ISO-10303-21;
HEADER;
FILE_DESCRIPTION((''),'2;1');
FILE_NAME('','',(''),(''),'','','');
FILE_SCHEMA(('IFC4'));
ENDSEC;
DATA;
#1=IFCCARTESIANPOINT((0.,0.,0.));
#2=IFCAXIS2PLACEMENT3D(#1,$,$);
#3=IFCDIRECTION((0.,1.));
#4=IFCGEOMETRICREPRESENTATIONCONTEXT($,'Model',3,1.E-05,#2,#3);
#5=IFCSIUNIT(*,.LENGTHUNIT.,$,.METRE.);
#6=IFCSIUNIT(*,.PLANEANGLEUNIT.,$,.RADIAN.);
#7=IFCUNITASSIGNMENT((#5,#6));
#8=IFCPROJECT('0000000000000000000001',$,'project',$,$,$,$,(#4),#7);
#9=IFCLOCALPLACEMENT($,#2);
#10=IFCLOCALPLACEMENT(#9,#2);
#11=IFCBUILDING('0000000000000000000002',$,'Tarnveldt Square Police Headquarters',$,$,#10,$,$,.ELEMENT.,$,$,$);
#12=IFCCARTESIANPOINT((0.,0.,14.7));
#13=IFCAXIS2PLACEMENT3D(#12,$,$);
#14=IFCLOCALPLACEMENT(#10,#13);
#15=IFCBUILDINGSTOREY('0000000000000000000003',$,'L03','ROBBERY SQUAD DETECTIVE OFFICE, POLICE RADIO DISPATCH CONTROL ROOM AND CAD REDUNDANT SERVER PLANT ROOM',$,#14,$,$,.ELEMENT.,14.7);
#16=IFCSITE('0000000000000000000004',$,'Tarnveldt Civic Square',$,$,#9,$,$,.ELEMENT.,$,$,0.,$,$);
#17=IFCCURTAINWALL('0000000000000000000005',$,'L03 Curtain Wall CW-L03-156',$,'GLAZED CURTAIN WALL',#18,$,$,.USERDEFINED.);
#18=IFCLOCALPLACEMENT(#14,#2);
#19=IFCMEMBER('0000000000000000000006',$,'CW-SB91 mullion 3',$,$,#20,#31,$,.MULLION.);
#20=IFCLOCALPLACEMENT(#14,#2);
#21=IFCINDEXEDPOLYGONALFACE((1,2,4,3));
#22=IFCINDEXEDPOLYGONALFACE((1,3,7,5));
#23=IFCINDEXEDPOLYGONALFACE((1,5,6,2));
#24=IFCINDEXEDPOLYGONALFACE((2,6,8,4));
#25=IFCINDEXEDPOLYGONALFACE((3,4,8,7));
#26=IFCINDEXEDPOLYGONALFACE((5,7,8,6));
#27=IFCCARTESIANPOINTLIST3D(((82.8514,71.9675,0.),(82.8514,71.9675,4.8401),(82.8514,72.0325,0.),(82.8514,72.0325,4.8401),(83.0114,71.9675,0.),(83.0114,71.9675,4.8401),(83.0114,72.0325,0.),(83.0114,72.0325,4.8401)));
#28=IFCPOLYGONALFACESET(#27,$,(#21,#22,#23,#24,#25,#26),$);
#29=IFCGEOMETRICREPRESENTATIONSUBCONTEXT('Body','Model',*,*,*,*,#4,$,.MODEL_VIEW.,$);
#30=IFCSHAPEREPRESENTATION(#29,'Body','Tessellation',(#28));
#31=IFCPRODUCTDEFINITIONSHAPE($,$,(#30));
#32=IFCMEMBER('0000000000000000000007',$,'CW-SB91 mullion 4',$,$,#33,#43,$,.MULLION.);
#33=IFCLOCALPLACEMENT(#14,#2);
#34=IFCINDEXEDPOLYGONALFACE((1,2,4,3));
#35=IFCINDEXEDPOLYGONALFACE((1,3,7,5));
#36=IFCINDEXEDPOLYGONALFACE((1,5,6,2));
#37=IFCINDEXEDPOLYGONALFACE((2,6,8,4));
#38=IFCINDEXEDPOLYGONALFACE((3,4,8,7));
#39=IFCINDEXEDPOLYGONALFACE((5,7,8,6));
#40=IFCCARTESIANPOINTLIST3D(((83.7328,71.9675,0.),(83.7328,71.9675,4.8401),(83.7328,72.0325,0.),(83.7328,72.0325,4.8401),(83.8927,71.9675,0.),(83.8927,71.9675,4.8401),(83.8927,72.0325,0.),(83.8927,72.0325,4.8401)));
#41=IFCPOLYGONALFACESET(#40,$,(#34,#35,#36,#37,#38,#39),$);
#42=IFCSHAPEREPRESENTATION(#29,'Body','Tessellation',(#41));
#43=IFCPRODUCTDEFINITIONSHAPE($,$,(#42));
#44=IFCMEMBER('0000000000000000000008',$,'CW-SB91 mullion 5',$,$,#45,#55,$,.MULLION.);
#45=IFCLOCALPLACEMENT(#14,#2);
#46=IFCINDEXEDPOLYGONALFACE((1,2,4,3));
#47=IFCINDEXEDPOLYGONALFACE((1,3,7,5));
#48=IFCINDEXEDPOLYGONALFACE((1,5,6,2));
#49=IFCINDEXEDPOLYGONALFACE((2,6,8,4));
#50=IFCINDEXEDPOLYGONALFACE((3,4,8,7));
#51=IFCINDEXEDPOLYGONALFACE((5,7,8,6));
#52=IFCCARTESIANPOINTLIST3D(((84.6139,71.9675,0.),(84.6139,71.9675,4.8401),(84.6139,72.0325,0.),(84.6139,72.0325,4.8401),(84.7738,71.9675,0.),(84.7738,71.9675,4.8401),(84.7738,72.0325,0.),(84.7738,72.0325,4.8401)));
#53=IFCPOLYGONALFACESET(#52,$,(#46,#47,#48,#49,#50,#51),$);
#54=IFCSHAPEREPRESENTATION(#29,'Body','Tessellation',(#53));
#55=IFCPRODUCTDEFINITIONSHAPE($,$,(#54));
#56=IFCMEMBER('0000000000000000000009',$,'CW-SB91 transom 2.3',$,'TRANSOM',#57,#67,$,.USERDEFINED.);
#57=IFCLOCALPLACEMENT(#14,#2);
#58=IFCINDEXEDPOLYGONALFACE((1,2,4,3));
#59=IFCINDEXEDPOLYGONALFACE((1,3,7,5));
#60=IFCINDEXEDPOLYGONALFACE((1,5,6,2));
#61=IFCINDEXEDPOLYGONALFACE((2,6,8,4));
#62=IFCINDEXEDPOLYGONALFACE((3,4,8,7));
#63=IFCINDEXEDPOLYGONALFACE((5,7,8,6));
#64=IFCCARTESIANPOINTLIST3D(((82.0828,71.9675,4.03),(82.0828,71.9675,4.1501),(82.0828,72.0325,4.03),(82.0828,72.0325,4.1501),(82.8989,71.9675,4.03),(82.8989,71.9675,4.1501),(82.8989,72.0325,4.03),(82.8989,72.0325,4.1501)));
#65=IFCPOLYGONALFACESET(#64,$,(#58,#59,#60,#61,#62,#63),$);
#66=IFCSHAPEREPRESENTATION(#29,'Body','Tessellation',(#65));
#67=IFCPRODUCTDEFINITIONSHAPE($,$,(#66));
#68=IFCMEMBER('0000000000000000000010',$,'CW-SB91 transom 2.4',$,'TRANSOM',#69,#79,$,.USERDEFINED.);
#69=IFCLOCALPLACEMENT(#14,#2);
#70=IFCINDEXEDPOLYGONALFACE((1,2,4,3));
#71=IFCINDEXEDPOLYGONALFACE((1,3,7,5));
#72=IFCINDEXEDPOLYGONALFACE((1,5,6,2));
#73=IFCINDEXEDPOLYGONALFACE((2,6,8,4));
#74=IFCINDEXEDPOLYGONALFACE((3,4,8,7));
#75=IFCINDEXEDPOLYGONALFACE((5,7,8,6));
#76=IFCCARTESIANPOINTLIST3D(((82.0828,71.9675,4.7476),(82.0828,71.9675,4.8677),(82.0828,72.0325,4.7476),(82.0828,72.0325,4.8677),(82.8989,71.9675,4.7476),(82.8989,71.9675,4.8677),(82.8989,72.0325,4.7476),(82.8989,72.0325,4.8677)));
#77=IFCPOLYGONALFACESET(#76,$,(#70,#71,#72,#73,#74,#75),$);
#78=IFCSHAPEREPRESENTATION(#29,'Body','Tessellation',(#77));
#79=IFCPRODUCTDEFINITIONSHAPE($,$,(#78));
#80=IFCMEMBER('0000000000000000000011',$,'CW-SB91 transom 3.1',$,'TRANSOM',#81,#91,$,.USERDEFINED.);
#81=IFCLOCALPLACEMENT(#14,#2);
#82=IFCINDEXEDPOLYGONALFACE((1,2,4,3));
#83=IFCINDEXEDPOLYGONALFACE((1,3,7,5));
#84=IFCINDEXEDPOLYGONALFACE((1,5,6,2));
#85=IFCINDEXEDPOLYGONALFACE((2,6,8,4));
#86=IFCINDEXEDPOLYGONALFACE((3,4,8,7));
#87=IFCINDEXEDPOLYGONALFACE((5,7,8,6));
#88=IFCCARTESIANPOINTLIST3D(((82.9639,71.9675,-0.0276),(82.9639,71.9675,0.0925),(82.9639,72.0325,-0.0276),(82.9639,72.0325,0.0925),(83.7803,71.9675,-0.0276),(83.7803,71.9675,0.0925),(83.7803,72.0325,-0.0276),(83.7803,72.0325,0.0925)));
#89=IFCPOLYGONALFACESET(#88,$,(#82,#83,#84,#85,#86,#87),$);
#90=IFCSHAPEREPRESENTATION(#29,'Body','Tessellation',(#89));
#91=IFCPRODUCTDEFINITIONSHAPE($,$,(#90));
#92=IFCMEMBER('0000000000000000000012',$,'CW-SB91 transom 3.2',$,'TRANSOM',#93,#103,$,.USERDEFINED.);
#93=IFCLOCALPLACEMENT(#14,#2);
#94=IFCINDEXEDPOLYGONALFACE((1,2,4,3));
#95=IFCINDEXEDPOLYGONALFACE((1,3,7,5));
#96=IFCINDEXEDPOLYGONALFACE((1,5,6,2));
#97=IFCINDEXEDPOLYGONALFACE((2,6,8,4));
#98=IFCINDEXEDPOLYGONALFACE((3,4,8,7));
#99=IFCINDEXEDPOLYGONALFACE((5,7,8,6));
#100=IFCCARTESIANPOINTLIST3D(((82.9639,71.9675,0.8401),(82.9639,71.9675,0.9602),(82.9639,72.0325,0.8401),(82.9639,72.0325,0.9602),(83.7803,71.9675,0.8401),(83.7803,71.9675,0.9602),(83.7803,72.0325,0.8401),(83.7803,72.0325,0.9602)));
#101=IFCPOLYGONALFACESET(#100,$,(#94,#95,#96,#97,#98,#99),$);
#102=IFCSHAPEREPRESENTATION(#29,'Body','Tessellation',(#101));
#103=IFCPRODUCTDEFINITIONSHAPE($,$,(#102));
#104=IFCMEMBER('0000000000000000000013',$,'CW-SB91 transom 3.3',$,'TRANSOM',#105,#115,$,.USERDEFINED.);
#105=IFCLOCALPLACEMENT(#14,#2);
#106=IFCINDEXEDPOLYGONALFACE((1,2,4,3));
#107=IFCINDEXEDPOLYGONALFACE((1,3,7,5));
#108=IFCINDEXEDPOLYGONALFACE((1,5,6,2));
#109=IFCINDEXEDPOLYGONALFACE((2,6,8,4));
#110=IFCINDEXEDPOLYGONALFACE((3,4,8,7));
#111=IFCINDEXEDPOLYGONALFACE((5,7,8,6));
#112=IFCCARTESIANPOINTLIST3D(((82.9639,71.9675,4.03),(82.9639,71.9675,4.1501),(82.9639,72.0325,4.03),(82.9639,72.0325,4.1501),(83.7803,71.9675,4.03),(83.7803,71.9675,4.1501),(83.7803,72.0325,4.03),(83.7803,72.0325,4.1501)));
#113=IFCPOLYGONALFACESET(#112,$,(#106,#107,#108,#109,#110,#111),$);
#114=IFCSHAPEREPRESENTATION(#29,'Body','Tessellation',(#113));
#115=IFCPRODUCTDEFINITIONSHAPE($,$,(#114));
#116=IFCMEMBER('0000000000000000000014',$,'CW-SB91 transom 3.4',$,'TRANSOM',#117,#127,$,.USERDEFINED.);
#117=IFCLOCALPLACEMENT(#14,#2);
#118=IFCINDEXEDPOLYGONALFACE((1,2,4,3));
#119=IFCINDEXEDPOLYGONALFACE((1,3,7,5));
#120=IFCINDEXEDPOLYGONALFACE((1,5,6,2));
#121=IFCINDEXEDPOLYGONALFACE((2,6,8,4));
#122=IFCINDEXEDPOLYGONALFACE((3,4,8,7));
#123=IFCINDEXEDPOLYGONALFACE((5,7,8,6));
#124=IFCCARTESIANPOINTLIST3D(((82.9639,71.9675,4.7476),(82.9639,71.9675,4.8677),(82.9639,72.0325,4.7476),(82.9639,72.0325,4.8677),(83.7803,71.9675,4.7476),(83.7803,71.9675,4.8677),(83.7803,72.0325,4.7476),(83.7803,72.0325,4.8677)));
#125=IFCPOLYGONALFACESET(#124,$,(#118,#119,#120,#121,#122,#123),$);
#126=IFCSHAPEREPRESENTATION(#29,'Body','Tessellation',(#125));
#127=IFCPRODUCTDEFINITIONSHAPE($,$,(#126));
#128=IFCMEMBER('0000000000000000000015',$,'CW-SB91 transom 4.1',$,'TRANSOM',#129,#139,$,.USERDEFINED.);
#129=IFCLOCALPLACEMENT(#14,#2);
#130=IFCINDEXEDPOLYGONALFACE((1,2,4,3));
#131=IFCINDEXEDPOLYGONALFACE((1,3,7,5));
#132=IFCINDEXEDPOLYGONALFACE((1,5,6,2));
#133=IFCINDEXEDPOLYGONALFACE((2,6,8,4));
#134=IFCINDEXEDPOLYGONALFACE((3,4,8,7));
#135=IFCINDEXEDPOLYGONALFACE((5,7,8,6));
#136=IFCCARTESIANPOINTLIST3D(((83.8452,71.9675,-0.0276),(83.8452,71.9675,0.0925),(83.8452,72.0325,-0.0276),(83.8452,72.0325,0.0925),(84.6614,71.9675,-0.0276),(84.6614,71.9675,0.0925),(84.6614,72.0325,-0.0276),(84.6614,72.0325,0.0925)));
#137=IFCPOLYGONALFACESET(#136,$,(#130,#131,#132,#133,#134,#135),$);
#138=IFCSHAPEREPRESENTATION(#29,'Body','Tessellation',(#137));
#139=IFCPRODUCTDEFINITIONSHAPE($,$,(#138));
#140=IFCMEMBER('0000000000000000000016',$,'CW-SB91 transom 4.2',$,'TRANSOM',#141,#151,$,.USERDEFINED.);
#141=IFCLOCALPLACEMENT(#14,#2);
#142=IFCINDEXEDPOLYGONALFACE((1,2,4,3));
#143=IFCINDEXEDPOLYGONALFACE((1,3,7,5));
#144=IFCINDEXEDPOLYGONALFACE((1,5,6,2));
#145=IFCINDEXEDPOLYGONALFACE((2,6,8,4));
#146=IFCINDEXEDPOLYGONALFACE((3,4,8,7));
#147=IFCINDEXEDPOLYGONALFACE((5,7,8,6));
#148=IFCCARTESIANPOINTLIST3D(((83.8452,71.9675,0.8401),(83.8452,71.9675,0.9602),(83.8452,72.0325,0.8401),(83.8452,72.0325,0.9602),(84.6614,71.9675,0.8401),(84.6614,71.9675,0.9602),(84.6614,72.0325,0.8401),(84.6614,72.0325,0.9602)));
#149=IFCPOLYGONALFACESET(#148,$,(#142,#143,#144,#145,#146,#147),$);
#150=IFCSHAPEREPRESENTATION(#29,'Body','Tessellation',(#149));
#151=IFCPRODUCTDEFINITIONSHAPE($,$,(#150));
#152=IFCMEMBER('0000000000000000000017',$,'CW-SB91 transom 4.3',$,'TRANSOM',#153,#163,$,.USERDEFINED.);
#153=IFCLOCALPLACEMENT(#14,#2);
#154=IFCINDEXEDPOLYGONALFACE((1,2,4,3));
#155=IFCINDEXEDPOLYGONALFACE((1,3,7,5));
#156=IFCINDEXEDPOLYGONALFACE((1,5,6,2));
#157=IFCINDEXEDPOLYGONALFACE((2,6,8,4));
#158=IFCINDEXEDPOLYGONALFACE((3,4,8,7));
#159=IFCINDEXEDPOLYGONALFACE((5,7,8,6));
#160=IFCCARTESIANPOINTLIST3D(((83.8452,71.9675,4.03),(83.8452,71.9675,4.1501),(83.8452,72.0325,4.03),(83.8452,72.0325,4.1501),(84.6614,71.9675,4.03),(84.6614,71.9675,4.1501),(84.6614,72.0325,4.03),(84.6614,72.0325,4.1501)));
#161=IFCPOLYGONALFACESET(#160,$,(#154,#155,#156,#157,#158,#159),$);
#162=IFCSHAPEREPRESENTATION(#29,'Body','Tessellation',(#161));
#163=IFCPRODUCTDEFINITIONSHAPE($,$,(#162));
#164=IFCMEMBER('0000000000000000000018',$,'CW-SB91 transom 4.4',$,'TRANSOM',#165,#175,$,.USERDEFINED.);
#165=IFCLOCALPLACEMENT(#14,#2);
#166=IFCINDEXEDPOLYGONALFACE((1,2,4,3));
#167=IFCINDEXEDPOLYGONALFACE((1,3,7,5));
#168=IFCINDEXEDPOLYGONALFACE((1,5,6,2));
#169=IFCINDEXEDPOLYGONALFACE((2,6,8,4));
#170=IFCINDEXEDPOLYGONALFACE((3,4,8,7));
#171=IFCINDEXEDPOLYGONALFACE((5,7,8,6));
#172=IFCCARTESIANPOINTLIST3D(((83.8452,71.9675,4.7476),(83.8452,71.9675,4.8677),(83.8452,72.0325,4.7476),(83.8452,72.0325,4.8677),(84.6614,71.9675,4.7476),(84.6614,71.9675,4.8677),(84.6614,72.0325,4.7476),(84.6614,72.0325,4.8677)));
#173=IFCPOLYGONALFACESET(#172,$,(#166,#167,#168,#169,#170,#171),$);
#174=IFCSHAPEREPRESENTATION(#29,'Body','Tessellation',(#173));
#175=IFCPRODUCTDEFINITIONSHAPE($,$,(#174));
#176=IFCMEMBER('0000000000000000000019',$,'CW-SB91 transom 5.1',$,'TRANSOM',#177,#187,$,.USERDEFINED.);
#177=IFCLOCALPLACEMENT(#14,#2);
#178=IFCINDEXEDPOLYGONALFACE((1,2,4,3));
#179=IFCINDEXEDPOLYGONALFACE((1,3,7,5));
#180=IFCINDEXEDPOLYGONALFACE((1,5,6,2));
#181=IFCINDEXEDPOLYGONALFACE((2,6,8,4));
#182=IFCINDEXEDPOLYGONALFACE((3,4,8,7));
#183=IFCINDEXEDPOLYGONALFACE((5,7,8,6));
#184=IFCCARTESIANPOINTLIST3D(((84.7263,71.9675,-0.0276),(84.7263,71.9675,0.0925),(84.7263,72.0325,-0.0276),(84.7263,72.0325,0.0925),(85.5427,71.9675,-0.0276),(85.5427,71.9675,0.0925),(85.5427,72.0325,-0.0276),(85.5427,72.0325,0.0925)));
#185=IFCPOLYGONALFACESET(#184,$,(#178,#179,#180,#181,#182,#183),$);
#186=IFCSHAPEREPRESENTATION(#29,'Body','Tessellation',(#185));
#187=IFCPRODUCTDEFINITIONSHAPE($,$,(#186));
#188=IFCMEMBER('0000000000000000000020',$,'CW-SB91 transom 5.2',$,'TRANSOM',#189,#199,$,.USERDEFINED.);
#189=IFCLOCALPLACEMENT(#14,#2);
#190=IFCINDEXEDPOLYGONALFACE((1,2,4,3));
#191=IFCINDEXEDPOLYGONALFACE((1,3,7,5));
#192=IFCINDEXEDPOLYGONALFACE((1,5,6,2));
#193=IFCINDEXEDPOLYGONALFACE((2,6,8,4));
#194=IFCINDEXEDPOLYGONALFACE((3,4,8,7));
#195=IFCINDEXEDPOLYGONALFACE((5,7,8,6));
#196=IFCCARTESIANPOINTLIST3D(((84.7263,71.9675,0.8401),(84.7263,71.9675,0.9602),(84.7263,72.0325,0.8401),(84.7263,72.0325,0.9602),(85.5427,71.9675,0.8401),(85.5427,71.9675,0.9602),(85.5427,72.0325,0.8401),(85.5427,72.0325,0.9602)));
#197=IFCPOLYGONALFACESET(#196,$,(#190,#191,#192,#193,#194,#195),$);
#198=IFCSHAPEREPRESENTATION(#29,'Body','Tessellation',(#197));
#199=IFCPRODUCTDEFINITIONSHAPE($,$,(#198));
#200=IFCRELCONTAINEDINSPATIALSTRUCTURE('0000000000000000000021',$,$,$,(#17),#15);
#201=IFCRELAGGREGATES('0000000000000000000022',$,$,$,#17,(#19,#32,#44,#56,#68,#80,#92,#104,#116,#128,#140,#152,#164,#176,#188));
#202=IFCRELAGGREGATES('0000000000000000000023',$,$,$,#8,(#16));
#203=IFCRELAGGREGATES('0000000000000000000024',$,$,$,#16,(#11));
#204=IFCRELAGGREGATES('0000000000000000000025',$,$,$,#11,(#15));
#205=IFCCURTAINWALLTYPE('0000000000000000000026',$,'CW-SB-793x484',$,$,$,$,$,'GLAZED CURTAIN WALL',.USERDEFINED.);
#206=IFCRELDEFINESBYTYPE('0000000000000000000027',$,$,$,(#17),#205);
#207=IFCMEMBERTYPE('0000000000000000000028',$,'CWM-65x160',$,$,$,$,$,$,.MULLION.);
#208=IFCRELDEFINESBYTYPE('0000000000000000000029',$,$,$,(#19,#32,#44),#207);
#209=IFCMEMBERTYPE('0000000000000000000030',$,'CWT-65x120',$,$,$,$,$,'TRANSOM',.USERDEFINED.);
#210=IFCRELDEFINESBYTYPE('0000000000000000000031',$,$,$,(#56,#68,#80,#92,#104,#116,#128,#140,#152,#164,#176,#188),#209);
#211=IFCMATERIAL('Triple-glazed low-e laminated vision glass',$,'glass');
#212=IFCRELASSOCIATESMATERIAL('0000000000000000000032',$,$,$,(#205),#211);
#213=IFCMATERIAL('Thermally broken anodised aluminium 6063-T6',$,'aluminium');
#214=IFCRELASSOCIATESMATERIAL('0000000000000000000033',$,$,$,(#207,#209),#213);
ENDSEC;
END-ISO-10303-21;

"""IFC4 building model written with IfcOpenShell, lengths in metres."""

from ifc_helpers import new_model, si_unit, direction, frame, origin, origin_2d, place, context, subcontext, project, spatial, rectangle, extrude, material, material_profile, profile_set, type_object, element, aggregate, save


model = new_model("IFC4")

# Units and contexts
model_context = context("Model", 3, precision=1e-05, world=origin(), true_north=direction((0.0, 1.0)))
body_context = subcontext(model_context, "Body", "Model", "MODEL_VIEW")
ifc_project = project(units=[si_unit("LENGTHUNIT", "METRE"), si_unit("PLANEANGLEUNIT", "RADIAN")], contexts=[model_context])

# Site, building, storey
site_placement = place(None, origin())
site = spatial("IfcSite", under=ifc_project, at=site_placement, Name="Tarnveldt Civic Square", CompositionType="ELEMENT", RefElevation=0.0)
building_placement = place(site_placement, origin())
building = spatial("IfcBuilding", under=site, at=building_placement, Name="Tarnveldt Square Police Headquarters", CompositionType="ELEMENT")
storey_placement = place(building_placement, frame((0.0, 0.0, 14.7)))
storey = spatial("IfcBuildingStorey", under=building, at=storey_placement, Name="L03", Description="ROBBERY SQUAD DETECTIVE OFFICE, POLICE RADIO DISPATCH CONTROL ROOM AND CAD REDUNDANT SERVER PLANT ROOM", CompositionType="ELEMENT", Elevation=14.7)

# Curtain wall, members
ifc_material_1 = material(Name="Triple-glazed low-e laminated vision glass", Category="glass")
curtain_wall_type = type_object("IfcCurtainWallType", Name="CW-SB-793x484", ElementType="GLAZED CURTAIN WALL", PredefinedType="USERDEFINED", material=ifc_material_1)
curtain_wall_placement = place(storey_placement, origin())
curtain_wall = element("IfcCurtainWall", 1, at=curtain_wall_placement, inside=storey, type_object=curtain_wall_type, Name="L03 Curtain Wall CW-L03-156", ObjectType="GLAZED CURTAIN WALL", PredefinedType="USERDEFINED")
ifc_material_2 = material(Name="Thermally broken anodised aluminium 6063-T6", Category="aluminium")
ifc_material_profile_1 = material_profile(ifc_material_2, rectangle(XDim=0.0649, YDim=0.1599, at=origin_2d()), Name="CW-M65x160")
ifc_profile_set_1 = profile_set([ifc_material_profile_1], Name="Thermally broken anodised aluminium 6063-T6")
member_type_1 = type_object("IfcMemberType", Name="CWM-65x160", PredefinedType="MULLION", material=ifc_profile_set_1)
member_1_placement = place(storey_placement, frame((82.9314, 72.0, 0.0), z_axis=(0.0, 0.0, 1.0), x_axis=(0.0, 1.0, 0.0)))
member_1 = element("IfcMember", 2, at=member_1_placement, type_object=member_type_1, Name="CW-SB91 mullion 3", PredefinedType="MULLION", context=body_context, shape_type="SweptSolid", body=[
    extrude(rectangle(XDim=0.0649, YDim=0.1599, at=origin_2d()), origin(), (0.0, 0.0, 1.0), 4.8401),
])
member_2_placement = place(storey_placement, frame((83.8127, 72.0, 0.0), z_axis=(0.0, 0.0, 1.0), x_axis=(0.0, 1.0, 0.0)))
member_2 = element("IfcMember", 3, at=member_2_placement, type_object=member_type_1, Name="CW-SB91 mullion 4", PredefinedType="MULLION", context=body_context, shape_type="SweptSolid", body=[
    extrude(rectangle(XDim=0.0649, YDim=0.1599, at=origin_2d()), origin(), (0.0, 0.0, 1.0), 4.8401),
])
member_3_placement = place(storey_placement, frame((84.6938, 72.0, 0.0), z_axis=(0.0, 0.0, 1.0), x_axis=(0.0, 1.0, 0.0)))
member_3 = element("IfcMember", 4, at=member_3_placement, type_object=member_type_1, Name="CW-SB91 mullion 5", PredefinedType="MULLION", context=body_context, shape_type="SweptSolid", body=[
    extrude(rectangle(XDim=0.0649, YDim=0.1599, at=origin_2d()), origin(), (0.0, 0.0, 1.0), 4.8401),
])
ifc_material_profile_2 = material_profile(ifc_material_2, rectangle(XDim=0.0649, YDim=0.1201, at=origin_2d()), Name="CW-T65x120")
ifc_profile_set_2 = profile_set([ifc_material_profile_2], Name="Thermally broken anodised aluminium 6063-T6")
member_type_2 = type_object("IfcMemberType", Name="CWT-65x120", ElementType="TRANSOM", PredefinedType="USERDEFINED", material=ifc_profile_set_2)
member_4_placement = place(storey_placement, frame((82.0828, 72.0, 4.0901), z_axis=(1.0, 0.0, 0.0), x_axis=(0.0, 1.0, 0.0)))
member_4 = element("IfcMember", 5, at=member_4_placement, type_object=member_type_2, Name="CW-SB91 transom 2.3", ObjectType="TRANSOM", PredefinedType="USERDEFINED", context=body_context, shape_type="SweptSolid", body=[
    extrude(rectangle(XDim=0.0649, YDim=0.1201, at=origin_2d()), origin(), (0.0, 0.0, 1.0), 0.8162),
])
member_5_placement = place(storey_placement, frame((82.0828, 72.0, 4.8076), z_axis=(1.0, 0.0, 0.0), x_axis=(0.0, 1.0, 0.0)))
member_5 = element("IfcMember", 6, at=member_5_placement, type_object=member_type_2, Name="CW-SB91 transom 2.4", ObjectType="TRANSOM", PredefinedType="USERDEFINED", context=body_context, shape_type="SweptSolid", body=[
    extrude(rectangle(XDim=0.0649, YDim=0.1201, at=origin_2d()), origin(), (0.0, 0.0, 1.0), 0.8162),
])
member_6_placement = place(storey_placement, frame((82.9639, 72.0, 0.0325), z_axis=(1.0, 0.0, 0.0), x_axis=(0.0, 1.0, 0.0)))
member_6 = element("IfcMember", 7, at=member_6_placement, type_object=member_type_2, Name="CW-SB91 transom 3.1", ObjectType="TRANSOM", PredefinedType="USERDEFINED", context=body_context, shape_type="SweptSolid", body=[
    extrude(rectangle(XDim=0.0649, YDim=0.1201, at=origin_2d()), origin(), (0.0, 0.0, 1.0), 0.8164),
])
member_7_placement = place(storey_placement, frame((82.9639, 72.0, 0.9001), z_axis=(1.0, 0.0, 0.0), x_axis=(0.0, 1.0, 0.0)))
member_7 = element("IfcMember", 8, at=member_7_placement, type_object=member_type_2, Name="CW-SB91 transom 3.2", ObjectType="TRANSOM", PredefinedType="USERDEFINED", context=body_context, shape_type="SweptSolid", body=[
    extrude(rectangle(XDim=0.0649, YDim=0.1201, at=origin_2d()), origin(), (0.0, 0.0, 1.0), 0.8164),
])
member_8_placement = place(storey_placement, frame((82.9639, 72.0, 4.0901), z_axis=(1.0, 0.0, 0.0), x_axis=(0.0, 1.0, 0.0)))
member_8 = element("IfcMember", 9, at=member_8_placement, type_object=member_type_2, Name="CW-SB91 transom 3.3", ObjectType="TRANSOM", PredefinedType="USERDEFINED", context=body_context, shape_type="SweptSolid", body=[
    extrude(rectangle(XDim=0.0649, YDim=0.1201, at=origin_2d()), origin(), (0.0, 0.0, 1.0), 0.8164),
])
member_9_placement = place(storey_placement, frame((82.9639, 72.0, 4.8076), z_axis=(1.0, 0.0, 0.0), x_axis=(0.0, 1.0, 0.0)))
member_9 = element("IfcMember", 10, at=member_9_placement, type_object=member_type_2, Name="CW-SB91 transom 3.4", ObjectType="TRANSOM", PredefinedType="USERDEFINED", context=body_context, shape_type="SweptSolid", body=[
    extrude(rectangle(XDim=0.0649, YDim=0.1201, at=origin_2d()), origin(), (0.0, 0.0, 1.0), 0.8164),
])
member_10_placement = place(storey_placement, frame((83.8452, 72.0, 0.0325), z_axis=(1.0, 0.0, 0.0), x_axis=(0.0, 1.0, 0.0)))
member_10 = element("IfcMember", 11, at=member_10_placement, type_object=member_type_2, Name="CW-SB91 transom 4.1", ObjectType="TRANSOM", PredefinedType="USERDEFINED", context=body_context, shape_type="SweptSolid", body=[
    extrude(rectangle(XDim=0.0649, YDim=0.1201, at=origin_2d()), origin(), (0.0, 0.0, 1.0), 0.8162),
])
member_11_placement = place(storey_placement, frame((83.8452, 72.0, 0.9001), z_axis=(1.0, 0.0, 0.0), x_axis=(0.0, 1.0, 0.0)))
member_11 = element("IfcMember", 12, at=member_11_placement, type_object=member_type_2, Name="CW-SB91 transom 4.2", ObjectType="TRANSOM", PredefinedType="USERDEFINED", context=body_context, shape_type="SweptSolid", body=[
    extrude(rectangle(XDim=0.0649, YDim=0.1201, at=origin_2d()), origin(), (0.0, 0.0, 1.0), 0.8162),
])
member_12_placement = place(storey_placement, frame((83.8452, 72.0, 4.0901), z_axis=(1.0, 0.0, 0.0), x_axis=(0.0, 1.0, 0.0)))
member_12 = element("IfcMember", 13, at=member_12_placement, type_object=member_type_2, Name="CW-SB91 transom 4.3", ObjectType="TRANSOM", PredefinedType="USERDEFINED", context=body_context, shape_type="SweptSolid", body=[
    extrude(rectangle(XDim=0.0649, YDim=0.1201, at=origin_2d()), origin(), (0.0, 0.0, 1.0), 0.8162),
])
member_13_placement = place(storey_placement, frame((83.8452, 72.0, 4.8076), z_axis=(1.0, 0.0, 0.0), x_axis=(0.0, 1.0, 0.0)))
member_13 = element("IfcMember", 14, at=member_13_placement, type_object=member_type_2, Name="CW-SB91 transom 4.4", ObjectType="TRANSOM", PredefinedType="USERDEFINED", context=body_context, shape_type="SweptSolid", body=[
    extrude(rectangle(XDim=0.0649, YDim=0.1201, at=origin_2d()), origin(), (0.0, 0.0, 1.0), 0.8162),
])
member_14_placement = place(storey_placement, frame((84.7263, 72.0, 0.0325), z_axis=(1.0, 0.0, 0.0), x_axis=(0.0, 1.0, 0.0)))
member_14 = element("IfcMember", 15, at=member_14_placement, type_object=member_type_2, Name="CW-SB91 transom 5.1", ObjectType="TRANSOM", PredefinedType="USERDEFINED", context=body_context, shape_type="SweptSolid", body=[
    extrude(rectangle(XDim=0.0649, YDim=0.1201, at=origin_2d()), origin(), (0.0, 0.0, 1.0), 0.8164),
])
member_15_placement = place(storey_placement, frame((84.7263, 72.0, 0.9001), z_axis=(1.0, 0.0, 0.0), x_axis=(0.0, 1.0, 0.0)))
member_15 = element("IfcMember", 16, at=member_15_placement, type_object=member_type_2, Name="CW-SB91 transom 5.2", ObjectType="TRANSOM", PredefinedType="USERDEFINED", context=body_context, shape_type="SweptSolid", body=[
    extrude(rectangle(XDim=0.0649, YDim=0.1201, at=origin_2d()), origin(), (0.0, 0.0, 1.0), 0.8164),
])
aggregate(curtain_wall, [member_1, member_2, member_3, member_4, member_5, member_6, member_7, member_8, member_9, member_10, member_11, member_12, member_13, member_14, member_15])

save(model, "model.ifc")
